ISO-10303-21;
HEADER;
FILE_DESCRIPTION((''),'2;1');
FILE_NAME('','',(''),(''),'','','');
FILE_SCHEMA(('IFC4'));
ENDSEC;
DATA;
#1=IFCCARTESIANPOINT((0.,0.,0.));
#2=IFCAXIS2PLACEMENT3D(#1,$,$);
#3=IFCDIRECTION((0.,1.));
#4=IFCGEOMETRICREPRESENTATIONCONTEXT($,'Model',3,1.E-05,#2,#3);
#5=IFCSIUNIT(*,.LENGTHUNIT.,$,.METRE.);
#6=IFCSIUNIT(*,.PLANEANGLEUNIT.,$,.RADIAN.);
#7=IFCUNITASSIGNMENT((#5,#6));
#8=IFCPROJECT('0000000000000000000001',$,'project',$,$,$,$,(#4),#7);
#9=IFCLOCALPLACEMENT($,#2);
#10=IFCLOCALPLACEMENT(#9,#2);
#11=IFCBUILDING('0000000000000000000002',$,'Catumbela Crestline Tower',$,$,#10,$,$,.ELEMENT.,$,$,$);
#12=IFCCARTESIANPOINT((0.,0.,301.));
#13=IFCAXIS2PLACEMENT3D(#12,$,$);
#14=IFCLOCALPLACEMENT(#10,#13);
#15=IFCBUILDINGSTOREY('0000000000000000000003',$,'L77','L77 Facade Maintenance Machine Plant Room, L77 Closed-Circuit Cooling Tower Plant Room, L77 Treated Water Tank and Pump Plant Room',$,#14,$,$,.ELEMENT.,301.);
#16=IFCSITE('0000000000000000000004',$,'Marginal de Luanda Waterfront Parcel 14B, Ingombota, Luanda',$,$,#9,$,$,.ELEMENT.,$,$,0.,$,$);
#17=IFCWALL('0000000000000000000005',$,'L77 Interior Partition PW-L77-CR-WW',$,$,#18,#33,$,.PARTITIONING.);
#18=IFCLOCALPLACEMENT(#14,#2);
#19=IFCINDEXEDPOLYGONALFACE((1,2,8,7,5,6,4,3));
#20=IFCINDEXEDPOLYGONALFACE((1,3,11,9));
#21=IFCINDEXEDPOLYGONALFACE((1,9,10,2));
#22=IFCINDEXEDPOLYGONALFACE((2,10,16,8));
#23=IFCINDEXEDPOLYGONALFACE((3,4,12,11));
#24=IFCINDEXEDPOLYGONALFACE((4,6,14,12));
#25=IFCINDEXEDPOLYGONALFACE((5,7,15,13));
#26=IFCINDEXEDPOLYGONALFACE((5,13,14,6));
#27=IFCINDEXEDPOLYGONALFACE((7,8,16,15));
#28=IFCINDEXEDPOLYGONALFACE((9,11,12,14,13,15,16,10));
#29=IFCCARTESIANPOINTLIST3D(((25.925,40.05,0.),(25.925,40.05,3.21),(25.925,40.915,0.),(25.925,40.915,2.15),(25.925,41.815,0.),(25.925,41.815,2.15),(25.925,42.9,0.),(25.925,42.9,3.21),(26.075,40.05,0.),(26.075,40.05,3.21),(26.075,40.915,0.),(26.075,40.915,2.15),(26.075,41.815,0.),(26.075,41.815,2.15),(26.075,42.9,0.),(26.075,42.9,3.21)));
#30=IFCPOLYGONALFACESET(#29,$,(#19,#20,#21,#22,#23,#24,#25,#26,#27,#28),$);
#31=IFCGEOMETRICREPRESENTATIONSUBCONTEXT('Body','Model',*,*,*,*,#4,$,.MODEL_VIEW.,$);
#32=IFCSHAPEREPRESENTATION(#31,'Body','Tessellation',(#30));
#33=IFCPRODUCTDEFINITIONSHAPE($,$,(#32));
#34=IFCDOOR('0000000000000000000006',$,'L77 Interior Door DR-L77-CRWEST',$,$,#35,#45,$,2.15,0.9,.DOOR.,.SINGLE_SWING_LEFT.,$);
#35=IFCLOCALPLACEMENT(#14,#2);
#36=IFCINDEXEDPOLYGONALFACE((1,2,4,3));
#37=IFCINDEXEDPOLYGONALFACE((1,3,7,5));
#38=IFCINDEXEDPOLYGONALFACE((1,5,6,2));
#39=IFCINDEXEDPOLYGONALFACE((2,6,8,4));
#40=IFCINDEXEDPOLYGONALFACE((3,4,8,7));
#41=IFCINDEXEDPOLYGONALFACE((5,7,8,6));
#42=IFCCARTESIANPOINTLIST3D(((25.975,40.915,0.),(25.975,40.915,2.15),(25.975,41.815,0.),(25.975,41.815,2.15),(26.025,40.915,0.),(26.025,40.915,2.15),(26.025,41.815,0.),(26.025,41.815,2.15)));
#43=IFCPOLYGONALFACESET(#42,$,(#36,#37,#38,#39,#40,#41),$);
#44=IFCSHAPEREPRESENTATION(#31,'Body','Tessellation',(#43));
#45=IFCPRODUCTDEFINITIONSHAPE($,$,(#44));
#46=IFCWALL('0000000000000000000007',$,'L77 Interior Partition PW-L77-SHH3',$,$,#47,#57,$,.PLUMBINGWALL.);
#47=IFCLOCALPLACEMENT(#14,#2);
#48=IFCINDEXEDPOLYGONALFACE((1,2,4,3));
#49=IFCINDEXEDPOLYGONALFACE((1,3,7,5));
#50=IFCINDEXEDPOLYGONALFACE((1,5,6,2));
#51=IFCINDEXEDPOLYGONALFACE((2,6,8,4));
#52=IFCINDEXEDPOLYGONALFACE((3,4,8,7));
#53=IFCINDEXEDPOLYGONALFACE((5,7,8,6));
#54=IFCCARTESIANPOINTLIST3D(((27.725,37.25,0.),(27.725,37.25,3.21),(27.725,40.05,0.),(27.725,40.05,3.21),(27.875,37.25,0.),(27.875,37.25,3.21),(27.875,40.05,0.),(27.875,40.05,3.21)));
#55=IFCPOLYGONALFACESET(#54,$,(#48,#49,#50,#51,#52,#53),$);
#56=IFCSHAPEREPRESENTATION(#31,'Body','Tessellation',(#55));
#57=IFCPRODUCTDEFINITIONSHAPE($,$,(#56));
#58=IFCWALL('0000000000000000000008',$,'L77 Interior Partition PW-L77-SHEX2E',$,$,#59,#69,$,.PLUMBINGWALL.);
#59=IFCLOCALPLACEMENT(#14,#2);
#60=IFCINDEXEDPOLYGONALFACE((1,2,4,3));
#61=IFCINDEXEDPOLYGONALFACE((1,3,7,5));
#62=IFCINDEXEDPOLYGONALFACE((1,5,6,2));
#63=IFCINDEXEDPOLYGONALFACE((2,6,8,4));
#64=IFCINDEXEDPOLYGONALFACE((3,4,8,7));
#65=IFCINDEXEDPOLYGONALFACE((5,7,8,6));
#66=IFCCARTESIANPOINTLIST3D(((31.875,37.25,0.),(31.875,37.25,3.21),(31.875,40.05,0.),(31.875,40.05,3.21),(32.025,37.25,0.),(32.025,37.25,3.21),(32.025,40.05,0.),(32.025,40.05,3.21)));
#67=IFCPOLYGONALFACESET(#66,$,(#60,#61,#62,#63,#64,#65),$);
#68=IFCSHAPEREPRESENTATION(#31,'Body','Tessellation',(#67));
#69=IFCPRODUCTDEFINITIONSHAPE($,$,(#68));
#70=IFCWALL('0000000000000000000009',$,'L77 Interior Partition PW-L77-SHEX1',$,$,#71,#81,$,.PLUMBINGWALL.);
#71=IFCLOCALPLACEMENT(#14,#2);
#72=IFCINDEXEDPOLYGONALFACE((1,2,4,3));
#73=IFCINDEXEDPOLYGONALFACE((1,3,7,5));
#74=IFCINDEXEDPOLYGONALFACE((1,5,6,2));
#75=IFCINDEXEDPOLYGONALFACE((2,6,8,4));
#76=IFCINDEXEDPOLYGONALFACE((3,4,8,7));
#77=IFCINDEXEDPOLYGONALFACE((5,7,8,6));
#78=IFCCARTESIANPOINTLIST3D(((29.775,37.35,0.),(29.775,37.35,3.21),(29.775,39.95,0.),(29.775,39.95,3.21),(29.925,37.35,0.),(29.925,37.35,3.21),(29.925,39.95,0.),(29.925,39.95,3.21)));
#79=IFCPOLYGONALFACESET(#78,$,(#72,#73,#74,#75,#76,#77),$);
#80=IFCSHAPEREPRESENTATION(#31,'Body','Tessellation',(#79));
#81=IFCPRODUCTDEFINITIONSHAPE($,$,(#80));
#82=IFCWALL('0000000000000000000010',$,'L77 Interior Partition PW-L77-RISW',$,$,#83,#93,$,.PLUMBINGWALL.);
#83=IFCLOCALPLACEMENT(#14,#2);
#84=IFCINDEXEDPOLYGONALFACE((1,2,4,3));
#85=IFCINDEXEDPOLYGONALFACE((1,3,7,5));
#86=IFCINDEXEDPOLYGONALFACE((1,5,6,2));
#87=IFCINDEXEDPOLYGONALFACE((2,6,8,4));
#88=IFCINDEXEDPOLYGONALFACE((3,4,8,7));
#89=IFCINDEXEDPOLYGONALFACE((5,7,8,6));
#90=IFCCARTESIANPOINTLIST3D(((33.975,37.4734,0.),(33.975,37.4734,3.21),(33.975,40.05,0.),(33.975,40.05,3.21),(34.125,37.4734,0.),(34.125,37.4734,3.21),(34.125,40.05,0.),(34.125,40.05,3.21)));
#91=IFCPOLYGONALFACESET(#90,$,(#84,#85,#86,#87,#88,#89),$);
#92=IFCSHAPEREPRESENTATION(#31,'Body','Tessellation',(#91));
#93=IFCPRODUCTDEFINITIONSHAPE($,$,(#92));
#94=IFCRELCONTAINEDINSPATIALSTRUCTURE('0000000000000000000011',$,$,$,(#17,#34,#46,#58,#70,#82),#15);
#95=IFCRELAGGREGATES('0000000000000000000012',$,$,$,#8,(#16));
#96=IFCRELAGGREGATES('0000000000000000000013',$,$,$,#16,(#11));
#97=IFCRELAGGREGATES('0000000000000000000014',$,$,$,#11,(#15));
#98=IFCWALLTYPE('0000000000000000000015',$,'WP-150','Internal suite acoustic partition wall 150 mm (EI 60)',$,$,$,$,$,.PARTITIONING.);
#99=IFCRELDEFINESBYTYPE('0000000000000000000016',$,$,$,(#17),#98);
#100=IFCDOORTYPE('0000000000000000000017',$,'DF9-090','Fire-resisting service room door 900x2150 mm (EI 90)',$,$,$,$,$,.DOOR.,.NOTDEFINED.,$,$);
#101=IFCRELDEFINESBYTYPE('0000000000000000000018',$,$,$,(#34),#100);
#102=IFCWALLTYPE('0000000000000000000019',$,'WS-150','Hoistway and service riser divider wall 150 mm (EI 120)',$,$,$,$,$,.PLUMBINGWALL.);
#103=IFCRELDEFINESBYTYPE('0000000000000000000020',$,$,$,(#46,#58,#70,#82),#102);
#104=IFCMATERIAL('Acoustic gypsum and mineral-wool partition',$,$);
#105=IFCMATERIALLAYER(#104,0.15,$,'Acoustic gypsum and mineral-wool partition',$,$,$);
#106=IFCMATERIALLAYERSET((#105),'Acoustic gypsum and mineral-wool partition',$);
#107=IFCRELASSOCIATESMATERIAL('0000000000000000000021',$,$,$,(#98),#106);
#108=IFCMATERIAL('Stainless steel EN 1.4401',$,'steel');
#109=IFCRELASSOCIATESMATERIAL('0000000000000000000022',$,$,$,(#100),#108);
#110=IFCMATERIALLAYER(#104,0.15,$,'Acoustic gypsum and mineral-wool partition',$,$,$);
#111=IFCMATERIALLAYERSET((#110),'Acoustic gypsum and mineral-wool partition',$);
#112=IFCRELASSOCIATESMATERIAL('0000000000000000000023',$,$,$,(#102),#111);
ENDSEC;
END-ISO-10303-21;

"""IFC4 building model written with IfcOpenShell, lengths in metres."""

from ifc_helpers import new_model, si_unit, direction, frame, frame_2d, origin, place, context, subcontext, project, spatial, rectangle, extrude, material, layer, layer_set, type_object, element, fill, save


model = new_model("IFC4")

# Units and contexts
model_context = context("Model", 3, precision=1e-05, world=origin(), true_north=direction((0.0, 1.0)))
body_context = subcontext(model_context, "Body", "Model", "MODEL_VIEW")
ifc_project = project(units=[si_unit("LENGTHUNIT", "METRE"), si_unit("PLANEANGLEUNIT", "RADIAN")], contexts=[model_context])

# Site, building, storey
site_placement = place(None, origin())
site = spatial("IfcSite", under=ifc_project, at=site_placement, Name="Marginal de Luanda Waterfront Parcel 14B, Ingombota, Luanda", CompositionType="ELEMENT", RefElevation=0.0)
building_placement = place(site_placement, origin())
building = spatial("IfcBuilding", under=site, at=building_placement, Name="Catumbela Crestline Tower", CompositionType="ELEMENT")
storey_placement = place(building_placement, frame((0.0, 0.0, 301.0)))
storey = spatial("IfcBuildingStorey", under=building, at=storey_placement, Name="L77", Description="L77 Facade Maintenance Machine Plant Room, L77 Closed-Circuit Cooling Tower Plant Room, L77 Treated Water Tank and Pump Plant Room", CompositionType="ELEMENT", Elevation=301.0)

# Shared definitions
ifc_material_1 = material(Name="Stainless steel EN 1.4401", Category="steel")

# Shared definitions
ifc_material_2 = material(Name="Acoustic gypsum and mineral-wool partition")

# Shared definitions
ifc_layer_1 = layer(ifc_material_2, 0.15, Name="Acoustic gypsum and mineral-wool partition")
ifc_layer_set_1 = layer_set([ifc_layer_1], Name="Acoustic gypsum and mineral-wool partition")
wall_type_1 = type_object("IfcWallType", Name="WP-150", Description="Internal suite acoustic partition wall 150 mm (EI 60)", PredefinedType="PARTITIONING", material=ifc_layer_set_1)

# Wall, opening, door
door_type_1 = type_object("IfcDoorType", Name="DF9-090", Description="Fire-resisting service room door 900x2150 mm (EI 90)", OperationType="NOTDEFINED", PredefinedType="DOOR", material=ifc_material_1)
wall_1_placement = place(storey_placement, frame((26.0, 40.05, 0.0), z_axis=(0.0, 0.0, 1.0), x_axis=(0.0, 1.0, 0.0)))
wall_1 = element("IfcWall", 1, at=wall_1_placement, inside=storey, type_object=wall_type_1, Name="L77 Interior Partition PW-L77-CR-WW", PredefinedType="PARTITIONING", context=body_context, shape_type="SweptSolid", body=[
    extrude(rectangle(XDim=2.85, YDim=0.15, at=frame_2d((1.425, 0.0))), origin(), (0.0, 0.0, 1.0), 3.21),
])
opening_1_placement = place(wall_1_placement, frame((0.865, 0.0, 0.0)))
opening_1 = element("IfcOpeningElement", 2, at=opening_1_placement, cuts=wall_1, PredefinedType="OPENING", context=body_context, shape_type="SweptSolid", body=[
    extrude(rectangle(XDim=0.9, YDim=2.15, at=frame_2d((0.45, 1.075))), frame((0.0, 0.085, 0.0), z_axis=(0.0, -1.0, 0.0), x_axis=(1.0, 0.0, 0.0)), (0.0, 0.0, 1.0), 0.17),
])
door_1_placement = place(opening_1_placement, origin())
door_1 = element("IfcDoor", 3, at=door_1_placement, inside=storey, type_object=door_type_1, Name="L77 Interior Door DR-L77-CRWEST", OperationType="SINGLE_SWING_LEFT", OverallHeight=2.15, OverallWidth=0.9, PredefinedType="DOOR", context=body_context, shape_type="SweptSolid", body=[
    extrude(rectangle(XDim=0.9, YDim=2.15, at=frame_2d((0.45, 1.075))), frame((0.0, 0.025, 0.0), z_axis=(0.0, -1.0, 0.0), x_axis=(1.0, 0.0, 0.0)), (0.0, 0.0, 1.0), 0.05),
])
fill(opening_1, door_1)

# Walls
ifc_layer_2 = layer(ifc_material_2, 0.15, Name="Acoustic gypsum and mineral-wool partition")
ifc_layer_set_2 = layer_set([ifc_layer_2], Name="Acoustic gypsum and mineral-wool partition")
wall_type_2 = type_object("IfcWallType", Name="WS-150", Description="Hoistway and service riser divider wall 150 mm (EI 120)", PredefinedType="PLUMBINGWALL", material=ifc_layer_set_2)
for number, where, z_axis, x_axis, name in (
    (4, (27.8, 37.25, 0.0), (0.0, 0.0, 1.0), (0.0, 1.0, 0.0), "L77 Interior Partition PW-L77-SHH3"),
    (5, (31.95, 37.25, 0.0), (0.0, 0.0, 1.0), (0.0, 1.0, 0.0), "L77 Interior Partition PW-L77-SHEX2E"),
):
    element("IfcWall", number, at=place(storey_placement, frame(where, z_axis=z_axis, x_axis=x_axis)), inside=storey, type_object=wall_type_2, Name=name, PredefinedType="PLUMBINGWALL", context=body_context, shape_type="SweptSolid", body=[
        extrude(rectangle(XDim=2.8, YDim=0.15, at=frame_2d((1.4, 0.0))), origin(), (0.0, 0.0, 1.0), 3.21),
    ])
wall_2_placement = place(storey_placement, frame((29.85, 37.35, 0.0), z_axis=(0.0, 0.0, 1.0), x_axis=(0.0, 1.0, 0.0)))
element("IfcWall", 6, at=wall_2_placement, inside=storey, type_object=wall_type_2, Name="L77 Interior Partition PW-L77-SHEX1", PredefinedType="PLUMBINGWALL", context=body_context, shape_type="SweptSolid", body=[
    extrude(rectangle(XDim=2.6, YDim=0.15, at=frame_2d((1.3, 0.0))), origin(), (0.0, 0.0, 1.0), 3.21),
])
wall_3_placement = place(storey_placement, frame((34.05, 37.4734, 0.0), z_axis=(0.0, 0.0, 1.0), x_axis=(0.0, 1.0, 0.0)))
element("IfcWall", 7, at=wall_3_placement, inside=storey, type_object=wall_type_2, Name="L77 Interior Partition PW-L77-RISW", PredefinedType="PLUMBINGWALL", context=body_context, shape_type="SweptSolid", body=[
    extrude(rectangle(XDim=2.5766, YDim=0.15, at=frame_2d((1.2883, 0.0))), origin(), (0.0, 0.0, 1.0), 3.21),
])

save(model, "model.ifc")
